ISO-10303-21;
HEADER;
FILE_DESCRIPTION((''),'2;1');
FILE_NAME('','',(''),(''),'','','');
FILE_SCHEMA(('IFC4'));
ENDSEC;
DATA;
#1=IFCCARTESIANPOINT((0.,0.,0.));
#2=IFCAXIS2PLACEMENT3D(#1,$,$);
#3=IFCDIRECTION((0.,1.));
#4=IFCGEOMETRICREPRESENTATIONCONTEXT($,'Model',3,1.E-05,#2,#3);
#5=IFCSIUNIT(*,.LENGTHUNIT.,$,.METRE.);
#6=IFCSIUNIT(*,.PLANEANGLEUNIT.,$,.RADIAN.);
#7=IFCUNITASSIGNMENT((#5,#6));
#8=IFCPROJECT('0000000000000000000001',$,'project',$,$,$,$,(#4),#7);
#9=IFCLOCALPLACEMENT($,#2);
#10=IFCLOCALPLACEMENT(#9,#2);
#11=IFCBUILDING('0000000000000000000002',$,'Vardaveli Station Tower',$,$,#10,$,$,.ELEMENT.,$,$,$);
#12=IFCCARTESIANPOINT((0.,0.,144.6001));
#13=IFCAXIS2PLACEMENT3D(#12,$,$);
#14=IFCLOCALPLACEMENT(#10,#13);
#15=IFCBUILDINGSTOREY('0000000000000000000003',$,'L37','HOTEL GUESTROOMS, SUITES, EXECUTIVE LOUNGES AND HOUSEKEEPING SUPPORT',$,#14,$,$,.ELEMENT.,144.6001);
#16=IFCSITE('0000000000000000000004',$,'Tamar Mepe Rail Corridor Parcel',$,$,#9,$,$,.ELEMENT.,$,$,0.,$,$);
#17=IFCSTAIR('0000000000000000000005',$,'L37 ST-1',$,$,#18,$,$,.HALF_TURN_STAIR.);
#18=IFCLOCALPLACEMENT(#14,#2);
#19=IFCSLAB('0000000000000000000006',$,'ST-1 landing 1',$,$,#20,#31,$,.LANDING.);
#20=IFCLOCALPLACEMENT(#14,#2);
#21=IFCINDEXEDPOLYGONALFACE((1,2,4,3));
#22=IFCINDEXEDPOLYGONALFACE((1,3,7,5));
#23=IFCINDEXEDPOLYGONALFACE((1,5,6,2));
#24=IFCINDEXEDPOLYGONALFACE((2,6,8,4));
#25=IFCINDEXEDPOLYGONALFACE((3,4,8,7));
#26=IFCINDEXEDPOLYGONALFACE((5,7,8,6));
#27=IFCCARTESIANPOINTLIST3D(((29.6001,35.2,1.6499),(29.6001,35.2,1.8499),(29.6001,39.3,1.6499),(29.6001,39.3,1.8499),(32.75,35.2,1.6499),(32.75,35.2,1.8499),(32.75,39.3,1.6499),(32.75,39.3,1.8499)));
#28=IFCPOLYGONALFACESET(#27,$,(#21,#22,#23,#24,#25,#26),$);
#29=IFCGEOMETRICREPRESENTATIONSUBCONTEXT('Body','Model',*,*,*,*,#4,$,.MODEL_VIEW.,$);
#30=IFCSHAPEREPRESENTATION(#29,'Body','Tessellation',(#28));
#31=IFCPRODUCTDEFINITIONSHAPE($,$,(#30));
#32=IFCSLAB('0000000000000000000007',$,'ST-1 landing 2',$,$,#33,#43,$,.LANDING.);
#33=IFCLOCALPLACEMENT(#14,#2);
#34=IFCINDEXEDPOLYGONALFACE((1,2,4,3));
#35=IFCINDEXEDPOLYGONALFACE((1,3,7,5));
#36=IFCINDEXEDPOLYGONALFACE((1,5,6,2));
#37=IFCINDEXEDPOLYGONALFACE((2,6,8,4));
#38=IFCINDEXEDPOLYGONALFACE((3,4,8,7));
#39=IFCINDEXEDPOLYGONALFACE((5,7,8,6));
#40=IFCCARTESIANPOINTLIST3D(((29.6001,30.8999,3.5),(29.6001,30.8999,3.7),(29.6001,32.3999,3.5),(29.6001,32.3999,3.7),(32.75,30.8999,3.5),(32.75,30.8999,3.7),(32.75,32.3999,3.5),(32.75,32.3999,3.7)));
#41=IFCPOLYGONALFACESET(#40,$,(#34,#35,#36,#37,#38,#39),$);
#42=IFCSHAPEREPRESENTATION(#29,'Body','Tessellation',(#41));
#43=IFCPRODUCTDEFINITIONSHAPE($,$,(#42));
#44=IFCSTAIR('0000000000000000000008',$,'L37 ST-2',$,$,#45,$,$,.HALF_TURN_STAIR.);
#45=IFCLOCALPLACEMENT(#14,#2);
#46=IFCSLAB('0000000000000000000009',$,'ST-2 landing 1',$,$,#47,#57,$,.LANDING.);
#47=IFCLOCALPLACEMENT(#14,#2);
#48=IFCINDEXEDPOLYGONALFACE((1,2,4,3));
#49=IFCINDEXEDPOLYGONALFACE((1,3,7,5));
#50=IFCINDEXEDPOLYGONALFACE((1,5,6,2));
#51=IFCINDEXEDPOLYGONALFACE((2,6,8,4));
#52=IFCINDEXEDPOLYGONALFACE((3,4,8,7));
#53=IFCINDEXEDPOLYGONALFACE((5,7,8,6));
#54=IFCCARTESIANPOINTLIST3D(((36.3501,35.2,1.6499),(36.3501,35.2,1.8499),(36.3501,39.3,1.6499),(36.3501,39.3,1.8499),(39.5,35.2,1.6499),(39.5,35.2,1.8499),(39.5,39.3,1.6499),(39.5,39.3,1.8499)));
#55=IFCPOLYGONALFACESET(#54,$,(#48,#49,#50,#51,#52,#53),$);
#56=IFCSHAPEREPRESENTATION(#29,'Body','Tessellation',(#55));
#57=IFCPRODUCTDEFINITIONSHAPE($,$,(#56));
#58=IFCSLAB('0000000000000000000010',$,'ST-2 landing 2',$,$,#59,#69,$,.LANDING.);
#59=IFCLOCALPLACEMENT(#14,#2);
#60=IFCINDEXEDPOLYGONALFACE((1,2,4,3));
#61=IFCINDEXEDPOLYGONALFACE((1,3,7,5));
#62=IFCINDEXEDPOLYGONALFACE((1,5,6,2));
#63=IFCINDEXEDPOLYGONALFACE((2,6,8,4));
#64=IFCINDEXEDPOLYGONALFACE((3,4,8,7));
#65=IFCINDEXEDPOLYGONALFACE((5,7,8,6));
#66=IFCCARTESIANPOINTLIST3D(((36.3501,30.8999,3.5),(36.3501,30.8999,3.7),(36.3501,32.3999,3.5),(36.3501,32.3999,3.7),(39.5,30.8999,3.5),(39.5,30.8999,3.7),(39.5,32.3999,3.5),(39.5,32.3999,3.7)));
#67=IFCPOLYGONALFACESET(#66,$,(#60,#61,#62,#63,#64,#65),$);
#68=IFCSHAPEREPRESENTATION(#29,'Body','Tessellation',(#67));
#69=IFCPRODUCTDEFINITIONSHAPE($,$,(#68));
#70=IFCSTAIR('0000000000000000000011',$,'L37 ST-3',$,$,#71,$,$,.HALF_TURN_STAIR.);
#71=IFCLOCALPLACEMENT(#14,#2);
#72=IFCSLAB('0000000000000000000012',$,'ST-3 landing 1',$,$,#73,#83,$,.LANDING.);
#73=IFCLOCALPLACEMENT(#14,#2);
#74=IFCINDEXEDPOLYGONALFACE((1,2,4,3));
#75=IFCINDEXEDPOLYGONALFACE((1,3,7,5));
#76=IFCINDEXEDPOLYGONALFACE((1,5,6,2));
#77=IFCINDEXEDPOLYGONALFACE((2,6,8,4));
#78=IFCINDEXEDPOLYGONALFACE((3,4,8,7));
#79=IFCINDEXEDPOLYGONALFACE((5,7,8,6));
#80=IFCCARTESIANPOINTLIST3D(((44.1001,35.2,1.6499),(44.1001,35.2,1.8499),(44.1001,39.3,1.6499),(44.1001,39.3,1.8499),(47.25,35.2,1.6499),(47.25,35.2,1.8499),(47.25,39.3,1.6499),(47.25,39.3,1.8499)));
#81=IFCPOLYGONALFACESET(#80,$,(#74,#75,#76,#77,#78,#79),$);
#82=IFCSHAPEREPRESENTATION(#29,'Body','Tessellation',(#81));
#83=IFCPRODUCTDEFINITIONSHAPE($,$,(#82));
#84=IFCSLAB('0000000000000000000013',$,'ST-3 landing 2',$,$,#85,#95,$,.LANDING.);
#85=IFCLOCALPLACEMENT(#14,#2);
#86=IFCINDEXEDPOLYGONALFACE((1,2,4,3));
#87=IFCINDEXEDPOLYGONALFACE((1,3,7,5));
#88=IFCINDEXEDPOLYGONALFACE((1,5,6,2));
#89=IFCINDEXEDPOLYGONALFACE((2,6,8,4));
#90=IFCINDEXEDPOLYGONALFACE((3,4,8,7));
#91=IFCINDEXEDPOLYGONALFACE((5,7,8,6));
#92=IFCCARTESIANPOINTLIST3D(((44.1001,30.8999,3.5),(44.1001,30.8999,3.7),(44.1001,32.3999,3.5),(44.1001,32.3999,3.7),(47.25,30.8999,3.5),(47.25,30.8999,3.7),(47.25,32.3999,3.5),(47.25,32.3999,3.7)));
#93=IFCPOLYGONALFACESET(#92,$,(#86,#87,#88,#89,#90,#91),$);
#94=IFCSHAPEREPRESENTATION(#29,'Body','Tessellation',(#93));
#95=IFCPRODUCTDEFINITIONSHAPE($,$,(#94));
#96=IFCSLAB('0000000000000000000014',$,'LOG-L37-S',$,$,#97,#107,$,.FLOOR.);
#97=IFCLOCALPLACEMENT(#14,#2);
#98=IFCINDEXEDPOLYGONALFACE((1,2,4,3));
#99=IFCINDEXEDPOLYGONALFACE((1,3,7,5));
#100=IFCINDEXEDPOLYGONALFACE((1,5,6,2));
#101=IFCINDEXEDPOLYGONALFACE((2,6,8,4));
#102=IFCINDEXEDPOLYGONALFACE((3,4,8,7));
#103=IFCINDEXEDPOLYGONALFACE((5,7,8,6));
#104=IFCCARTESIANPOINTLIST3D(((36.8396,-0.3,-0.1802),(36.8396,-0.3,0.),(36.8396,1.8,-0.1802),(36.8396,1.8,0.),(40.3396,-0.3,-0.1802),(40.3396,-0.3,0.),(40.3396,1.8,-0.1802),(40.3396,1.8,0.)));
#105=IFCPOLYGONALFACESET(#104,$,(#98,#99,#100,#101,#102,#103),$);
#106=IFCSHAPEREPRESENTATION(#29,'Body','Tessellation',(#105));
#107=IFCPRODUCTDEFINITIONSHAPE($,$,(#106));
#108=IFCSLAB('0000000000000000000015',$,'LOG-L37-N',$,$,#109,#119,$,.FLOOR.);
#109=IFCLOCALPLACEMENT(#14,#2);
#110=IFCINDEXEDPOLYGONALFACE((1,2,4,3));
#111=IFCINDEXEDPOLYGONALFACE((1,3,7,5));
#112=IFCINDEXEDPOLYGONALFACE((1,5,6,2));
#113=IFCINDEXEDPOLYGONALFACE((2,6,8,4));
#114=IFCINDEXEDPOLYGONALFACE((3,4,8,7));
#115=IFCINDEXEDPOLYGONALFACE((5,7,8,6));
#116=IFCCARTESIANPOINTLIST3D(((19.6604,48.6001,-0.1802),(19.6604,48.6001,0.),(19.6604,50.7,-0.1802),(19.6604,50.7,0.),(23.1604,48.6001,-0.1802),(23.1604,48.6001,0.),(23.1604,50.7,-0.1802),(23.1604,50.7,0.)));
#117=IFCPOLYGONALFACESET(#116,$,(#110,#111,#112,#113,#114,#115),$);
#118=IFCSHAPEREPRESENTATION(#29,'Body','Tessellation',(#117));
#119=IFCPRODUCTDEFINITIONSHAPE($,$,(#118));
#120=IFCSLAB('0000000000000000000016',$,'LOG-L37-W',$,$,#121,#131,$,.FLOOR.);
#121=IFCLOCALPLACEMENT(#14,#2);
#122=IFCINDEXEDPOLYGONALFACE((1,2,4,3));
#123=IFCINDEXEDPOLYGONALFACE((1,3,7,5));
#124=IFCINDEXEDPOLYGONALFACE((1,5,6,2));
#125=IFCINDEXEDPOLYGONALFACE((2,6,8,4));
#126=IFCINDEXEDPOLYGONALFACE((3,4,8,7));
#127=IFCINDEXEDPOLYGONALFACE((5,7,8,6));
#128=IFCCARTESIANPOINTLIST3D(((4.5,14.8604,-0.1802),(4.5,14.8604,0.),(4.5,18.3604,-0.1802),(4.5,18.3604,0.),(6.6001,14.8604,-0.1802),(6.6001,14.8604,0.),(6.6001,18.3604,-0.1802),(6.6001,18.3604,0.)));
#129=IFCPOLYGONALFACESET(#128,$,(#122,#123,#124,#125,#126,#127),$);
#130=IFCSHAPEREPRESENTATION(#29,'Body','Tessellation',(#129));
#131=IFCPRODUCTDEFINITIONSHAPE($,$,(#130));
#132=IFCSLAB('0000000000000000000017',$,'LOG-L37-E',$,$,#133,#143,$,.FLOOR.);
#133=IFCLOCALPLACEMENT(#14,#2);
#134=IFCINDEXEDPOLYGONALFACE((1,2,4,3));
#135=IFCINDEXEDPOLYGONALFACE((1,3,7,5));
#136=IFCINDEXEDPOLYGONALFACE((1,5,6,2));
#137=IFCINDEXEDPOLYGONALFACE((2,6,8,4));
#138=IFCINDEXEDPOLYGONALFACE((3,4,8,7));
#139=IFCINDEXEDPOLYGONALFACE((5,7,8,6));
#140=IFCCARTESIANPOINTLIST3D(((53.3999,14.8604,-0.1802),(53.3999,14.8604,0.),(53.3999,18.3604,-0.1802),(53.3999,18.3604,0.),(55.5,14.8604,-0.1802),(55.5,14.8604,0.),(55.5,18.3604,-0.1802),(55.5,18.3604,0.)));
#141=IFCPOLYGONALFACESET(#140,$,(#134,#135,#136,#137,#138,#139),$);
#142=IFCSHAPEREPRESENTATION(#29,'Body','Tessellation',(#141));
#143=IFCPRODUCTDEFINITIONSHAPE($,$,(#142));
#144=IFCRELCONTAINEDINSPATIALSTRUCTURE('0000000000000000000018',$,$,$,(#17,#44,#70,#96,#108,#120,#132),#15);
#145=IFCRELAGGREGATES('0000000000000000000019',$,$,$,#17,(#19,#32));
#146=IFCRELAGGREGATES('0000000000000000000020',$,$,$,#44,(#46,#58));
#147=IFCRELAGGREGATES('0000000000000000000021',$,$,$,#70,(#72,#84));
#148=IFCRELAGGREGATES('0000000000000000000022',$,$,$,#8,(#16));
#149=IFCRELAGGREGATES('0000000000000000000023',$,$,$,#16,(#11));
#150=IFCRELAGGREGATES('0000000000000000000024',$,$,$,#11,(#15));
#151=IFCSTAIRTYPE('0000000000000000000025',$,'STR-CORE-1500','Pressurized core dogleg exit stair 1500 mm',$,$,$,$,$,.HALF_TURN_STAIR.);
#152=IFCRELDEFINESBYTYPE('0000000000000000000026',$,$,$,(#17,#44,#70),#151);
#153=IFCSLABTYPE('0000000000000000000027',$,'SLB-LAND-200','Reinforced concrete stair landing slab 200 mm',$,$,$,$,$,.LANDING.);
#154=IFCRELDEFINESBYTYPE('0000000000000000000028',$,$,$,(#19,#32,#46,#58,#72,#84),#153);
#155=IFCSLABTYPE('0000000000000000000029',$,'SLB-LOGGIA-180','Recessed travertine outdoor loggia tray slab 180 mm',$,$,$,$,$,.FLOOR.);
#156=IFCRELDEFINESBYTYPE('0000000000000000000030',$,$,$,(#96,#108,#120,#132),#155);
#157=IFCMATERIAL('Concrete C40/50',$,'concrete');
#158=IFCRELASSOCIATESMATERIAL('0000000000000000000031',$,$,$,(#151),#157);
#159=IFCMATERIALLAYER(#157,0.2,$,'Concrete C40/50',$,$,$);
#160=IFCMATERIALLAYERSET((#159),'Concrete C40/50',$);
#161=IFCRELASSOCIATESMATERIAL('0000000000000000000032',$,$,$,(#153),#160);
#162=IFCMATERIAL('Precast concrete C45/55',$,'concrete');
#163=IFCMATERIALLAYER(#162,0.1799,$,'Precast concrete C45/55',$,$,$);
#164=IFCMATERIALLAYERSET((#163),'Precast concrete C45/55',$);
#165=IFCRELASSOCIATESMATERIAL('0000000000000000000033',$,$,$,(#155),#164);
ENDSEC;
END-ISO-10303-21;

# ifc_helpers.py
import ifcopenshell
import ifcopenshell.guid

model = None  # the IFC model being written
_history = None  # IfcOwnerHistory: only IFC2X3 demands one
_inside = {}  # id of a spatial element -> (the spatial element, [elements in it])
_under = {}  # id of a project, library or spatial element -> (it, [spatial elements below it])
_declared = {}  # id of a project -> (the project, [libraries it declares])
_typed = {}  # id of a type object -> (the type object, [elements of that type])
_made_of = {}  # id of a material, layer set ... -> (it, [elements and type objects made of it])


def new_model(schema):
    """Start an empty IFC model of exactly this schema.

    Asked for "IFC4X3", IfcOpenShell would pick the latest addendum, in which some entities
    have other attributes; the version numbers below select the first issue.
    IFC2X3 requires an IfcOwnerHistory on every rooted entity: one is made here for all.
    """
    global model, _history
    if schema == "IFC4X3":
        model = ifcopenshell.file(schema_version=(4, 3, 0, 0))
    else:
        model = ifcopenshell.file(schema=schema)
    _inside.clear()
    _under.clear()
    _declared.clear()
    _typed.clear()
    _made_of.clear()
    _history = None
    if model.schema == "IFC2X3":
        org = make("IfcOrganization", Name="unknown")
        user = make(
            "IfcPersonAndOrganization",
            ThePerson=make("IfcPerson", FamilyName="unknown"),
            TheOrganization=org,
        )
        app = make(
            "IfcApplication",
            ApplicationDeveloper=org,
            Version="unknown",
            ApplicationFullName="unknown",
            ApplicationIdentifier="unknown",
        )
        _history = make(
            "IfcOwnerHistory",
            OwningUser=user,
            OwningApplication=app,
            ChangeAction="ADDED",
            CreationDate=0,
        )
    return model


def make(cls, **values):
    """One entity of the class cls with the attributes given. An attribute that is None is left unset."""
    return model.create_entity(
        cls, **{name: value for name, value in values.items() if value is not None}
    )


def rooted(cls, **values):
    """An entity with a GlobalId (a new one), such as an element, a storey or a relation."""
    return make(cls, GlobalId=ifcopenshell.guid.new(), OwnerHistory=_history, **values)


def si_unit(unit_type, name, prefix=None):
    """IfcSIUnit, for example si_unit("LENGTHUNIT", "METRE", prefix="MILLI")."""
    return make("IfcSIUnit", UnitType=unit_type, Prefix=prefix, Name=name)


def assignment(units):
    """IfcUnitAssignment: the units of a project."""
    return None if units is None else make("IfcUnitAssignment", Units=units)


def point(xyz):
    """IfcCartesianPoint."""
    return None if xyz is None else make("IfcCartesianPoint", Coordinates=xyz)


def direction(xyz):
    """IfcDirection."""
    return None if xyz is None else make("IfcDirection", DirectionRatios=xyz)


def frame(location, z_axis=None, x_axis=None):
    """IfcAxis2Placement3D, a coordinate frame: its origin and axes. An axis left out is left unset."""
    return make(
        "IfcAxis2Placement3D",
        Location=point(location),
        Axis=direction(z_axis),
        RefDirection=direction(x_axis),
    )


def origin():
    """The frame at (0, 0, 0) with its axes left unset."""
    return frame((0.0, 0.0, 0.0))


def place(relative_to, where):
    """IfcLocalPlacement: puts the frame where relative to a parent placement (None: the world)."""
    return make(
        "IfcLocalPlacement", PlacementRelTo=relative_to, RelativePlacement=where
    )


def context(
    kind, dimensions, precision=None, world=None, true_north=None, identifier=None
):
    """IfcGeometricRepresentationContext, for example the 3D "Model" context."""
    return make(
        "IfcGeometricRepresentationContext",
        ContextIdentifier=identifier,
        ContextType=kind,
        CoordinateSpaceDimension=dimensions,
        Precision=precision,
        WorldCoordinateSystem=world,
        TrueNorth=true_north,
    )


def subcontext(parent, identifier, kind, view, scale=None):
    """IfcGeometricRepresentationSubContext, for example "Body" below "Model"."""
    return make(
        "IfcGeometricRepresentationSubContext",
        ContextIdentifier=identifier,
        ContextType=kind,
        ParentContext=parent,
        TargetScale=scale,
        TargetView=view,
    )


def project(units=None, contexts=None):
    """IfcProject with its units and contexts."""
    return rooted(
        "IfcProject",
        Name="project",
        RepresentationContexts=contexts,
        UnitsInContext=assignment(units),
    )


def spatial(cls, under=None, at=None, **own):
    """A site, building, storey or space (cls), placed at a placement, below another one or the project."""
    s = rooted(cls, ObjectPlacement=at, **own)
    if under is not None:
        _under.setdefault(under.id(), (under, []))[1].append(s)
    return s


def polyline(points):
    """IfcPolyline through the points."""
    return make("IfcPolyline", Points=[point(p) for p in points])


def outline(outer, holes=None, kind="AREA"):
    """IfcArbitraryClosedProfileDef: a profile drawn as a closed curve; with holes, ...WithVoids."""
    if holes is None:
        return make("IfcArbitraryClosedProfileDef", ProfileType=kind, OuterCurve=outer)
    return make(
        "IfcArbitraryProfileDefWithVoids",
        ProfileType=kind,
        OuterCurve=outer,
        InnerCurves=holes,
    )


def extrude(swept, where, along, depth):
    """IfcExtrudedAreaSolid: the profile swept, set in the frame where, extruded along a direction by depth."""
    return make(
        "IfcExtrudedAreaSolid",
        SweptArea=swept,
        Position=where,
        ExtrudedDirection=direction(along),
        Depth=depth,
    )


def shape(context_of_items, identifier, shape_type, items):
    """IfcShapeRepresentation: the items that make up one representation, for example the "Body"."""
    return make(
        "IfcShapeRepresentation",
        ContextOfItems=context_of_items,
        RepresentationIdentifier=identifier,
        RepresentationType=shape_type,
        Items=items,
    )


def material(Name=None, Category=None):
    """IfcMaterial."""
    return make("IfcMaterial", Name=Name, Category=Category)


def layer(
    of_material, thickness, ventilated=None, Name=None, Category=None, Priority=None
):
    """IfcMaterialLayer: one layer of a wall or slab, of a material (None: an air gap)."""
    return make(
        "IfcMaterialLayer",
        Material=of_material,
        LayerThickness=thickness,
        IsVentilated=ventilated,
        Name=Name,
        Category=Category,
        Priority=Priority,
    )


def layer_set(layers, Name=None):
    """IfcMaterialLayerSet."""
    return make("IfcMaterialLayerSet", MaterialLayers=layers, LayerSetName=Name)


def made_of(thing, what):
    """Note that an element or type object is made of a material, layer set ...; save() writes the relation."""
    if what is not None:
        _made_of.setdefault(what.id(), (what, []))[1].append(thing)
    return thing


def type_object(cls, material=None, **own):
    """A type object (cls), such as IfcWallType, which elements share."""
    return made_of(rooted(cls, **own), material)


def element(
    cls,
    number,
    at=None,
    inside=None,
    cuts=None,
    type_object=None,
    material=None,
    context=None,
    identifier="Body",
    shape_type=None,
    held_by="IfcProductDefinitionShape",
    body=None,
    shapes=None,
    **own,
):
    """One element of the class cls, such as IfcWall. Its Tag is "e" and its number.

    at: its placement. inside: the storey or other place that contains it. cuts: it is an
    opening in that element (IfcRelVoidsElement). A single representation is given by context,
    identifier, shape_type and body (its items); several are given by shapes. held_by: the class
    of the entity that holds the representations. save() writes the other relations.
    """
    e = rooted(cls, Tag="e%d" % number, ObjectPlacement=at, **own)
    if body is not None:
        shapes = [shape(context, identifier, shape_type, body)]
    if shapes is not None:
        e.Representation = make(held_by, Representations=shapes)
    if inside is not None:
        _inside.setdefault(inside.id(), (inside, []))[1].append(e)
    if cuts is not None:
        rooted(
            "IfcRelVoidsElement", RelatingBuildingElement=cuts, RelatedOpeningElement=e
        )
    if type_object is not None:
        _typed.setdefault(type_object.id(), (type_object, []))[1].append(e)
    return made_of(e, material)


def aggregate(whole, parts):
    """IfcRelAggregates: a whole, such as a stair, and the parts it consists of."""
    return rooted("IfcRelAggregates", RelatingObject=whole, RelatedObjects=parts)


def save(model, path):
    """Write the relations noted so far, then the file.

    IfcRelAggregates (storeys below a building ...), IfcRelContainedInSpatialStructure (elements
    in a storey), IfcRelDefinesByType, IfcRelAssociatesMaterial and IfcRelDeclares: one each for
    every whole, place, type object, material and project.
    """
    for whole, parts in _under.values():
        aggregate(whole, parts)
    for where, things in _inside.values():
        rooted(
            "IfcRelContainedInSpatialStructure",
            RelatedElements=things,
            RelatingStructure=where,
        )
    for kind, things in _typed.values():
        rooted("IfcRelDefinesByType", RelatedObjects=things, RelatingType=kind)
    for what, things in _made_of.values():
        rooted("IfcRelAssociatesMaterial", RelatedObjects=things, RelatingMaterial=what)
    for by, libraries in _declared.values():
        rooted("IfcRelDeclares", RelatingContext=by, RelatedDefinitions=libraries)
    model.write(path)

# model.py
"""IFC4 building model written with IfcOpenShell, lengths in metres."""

from ifc_helpers import new_model, si_unit, direction, frame, origin, place, context, subcontext, project, spatial, polyline, outline, extrude, material, layer, layer_set, type_object, element, aggregate, save


model = new_model("IFC4")

# Units and contexts
model_context = context("Model", 3, precision=1e-05, world=origin(), true_north=direction((0.0, 1.0)))
body_context = subcontext(model_context, "Body", "Model", "MODEL_VIEW")
ifc_project = project(units=[si_unit("LENGTHUNIT", "METRE"), si_unit("PLANEANGLEUNIT", "RADIAN")], contexts=[model_context])

# Site, building, storey
site_placement = place(None, origin())
site = spatial("IfcSite", under=ifc_project, at=site_placement, Name="Tamar Mepe Rail Corridor Parcel", CompositionType="ELEMENT", RefElevation=0.0)
building_placement = place(site_placement, origin())
building = spatial("IfcBuilding", under=site, at=building_placement, Name="Vardaveli Station Tower", CompositionType="ELEMENT")
storey_placement = place(building_placement, frame((0.0, 0.0, 144.6001)))
storey = spatial("IfcBuildingStorey", under=building, at=storey_placement, Name="L37", Description="HOTEL GUESTROOMS, SUITES, EXECUTIVE LOUNGES AND HOUSEKEEPING SUPPORT", CompositionType="ELEMENT", Elevation=144.6001)

# Stairs, slabs
ifc_material_1 = material(Name="Concrete C40/50", Category="concrete")
stair_type = type_object("IfcStairType", Name="STR-CORE-1500", Description="Pressurized core dogleg exit stair 1500 mm", PredefinedType="HALF_TURN_STAIR", material=ifc_material_1)
stair_1_placement = place(storey_placement, origin())
stair_1 = element("IfcStair", 1, at=stair_1_placement, inside=storey, type_object=stair_type, Name="L37 ST-1", PredefinedType="HALF_TURN_STAIR")
ifc_layer_1 = layer(ifc_material_1, 0.2, Name="Concrete C40/50")
ifc_layer_set_1 = layer_set([ifc_layer_1], Name="Concrete C40/50")
slab_type_1 = type_object("IfcSlabType", Name="SLB-LAND-200", Description="Reinforced concrete stair landing slab 200 mm", PredefinedType="LANDING", material=ifc_layer_set_1)
slab_1_placement = place(storey_placement, frame((0.0, 0.0, 1.6499)))
slab_1 = element("IfcSlab", 2, at=slab_1_placement, type_object=slab_type_1, Name="ST-1 landing 1", PredefinedType="LANDING", context=body_context, shape_type="SweptSolid", body=[
    extrude(outline(polyline([(32.75, 35.2), (32.75, 39.3), (29.6001, 39.3), (29.6001, 35.2), (32.75, 35.2)])), origin(), (0.0, 0.0, 1.0), 0.2),
])
slab_2_placement = place(storey_placement, frame((0.0, 0.0, 3.5)))
slab_2 = element("IfcSlab", 3, at=slab_2_placement, type_object=slab_type_1, Name="ST-1 landing 2", PredefinedType="LANDING", context=body_context, shape_type="SweptSolid", body=[
    extrude(outline(polyline([(32.75, 30.8999), (32.75, 32.3999), (29.6001, 32.3999), (29.6001, 30.8999), (32.75, 30.8999)])), origin(), (0.0, 0.0, 1.0), 0.2),
])
aggregate(stair_1, [slab_1, slab_2])
stair_2_placement = place(storey_placement, origin())
stair_2 = element("IfcStair", 4, at=stair_2_placement, inside=storey, type_object=stair_type, Name="L37 ST-2", PredefinedType="HALF_TURN_STAIR")
slab_3_placement = place(storey_placement, frame((0.0, 0.0, 1.6499)))
slab_3 = element("IfcSlab", 5, at=slab_3_placement, type_object=slab_type_1, Name="ST-2 landing 1", PredefinedType="LANDING", context=body_context, shape_type="SweptSolid", body=[
    extrude(outline(polyline([(39.5, 35.2), (39.5, 39.3), (36.3501, 39.3), (36.3501, 35.2), (39.5, 35.2)])), origin(), (0.0, 0.0, 1.0), 0.2),
])
slab_4_placement = place(storey_placement, frame((0.0, 0.0, 3.5)))
slab_4 = element("IfcSlab", 6, at=slab_4_placement, type_object=slab_type_1, Name="ST-2 landing 2", PredefinedType="LANDING", context=body_context, shape_type="SweptSolid", body=[
    extrude(outline(polyline([(39.5, 30.8999), (39.5, 32.3999), (36.3501, 32.3999), (36.3501, 30.8999), (39.5, 30.8999)])), origin(), (0.0, 0.0, 1.0), 0.2),
])
aggregate(stair_2, [slab_3, slab_4])
stair_3_placement = place(storey_placement, origin())
stair_3 = element("IfcStair", 7, at=stair_3_placement, inside=storey, type_object=stair_type, Name="L37 ST-3", PredefinedType="HALF_TURN_STAIR")
slab_5_placement = place(storey_placement, frame((0.0, 0.0, 1.6499)))
slab_5 = element("IfcSlab", 8, at=slab_5_placement, type_object=slab_type_1, Name="ST-3 landing 1", PredefinedType="LANDING", context=body_context, shape_type="SweptSolid", body=[
    extrude(outline(polyline([(47.25, 35.2), (47.25, 39.3), (44.1001, 39.3), (44.1001, 35.2), (47.25, 35.2)])), origin(), (0.0, 0.0, 1.0), 0.2),
])
slab_6_placement = place(storey_placement, frame((0.0, 0.0, 3.5)))
slab_6 = element("IfcSlab", 9, at=slab_6_placement, type_object=slab_type_1, Name="ST-3 landing 2", PredefinedType="LANDING", context=body_context, shape_type="SweptSolid", body=[
    extrude(outline(polyline([(47.25, 30.8999), (47.25, 32.3999), (44.1001, 32.3999), (44.1001, 30.8999), (47.25, 30.8999)])), origin(), (0.0, 0.0, 1.0), 0.2),
])
aggregate(stair_3, [slab_5, slab_6])

# Slabs
ifc_material_2 = material(Name="Precast concrete C45/55", Category="concrete")
ifc_layer_2 = layer(ifc_material_2, 0.1799, Name="Precast concrete C45/55")
ifc_layer_set_2 = layer_set([ifc_layer_2], Name="Precast concrete C45/55")
slab_type_2 = type_object("IfcSlabType", Name="SLB-LOGGIA-180", Description="Recessed travertine outdoor loggia tray slab 180 mm", PredefinedType="FLOOR", material=ifc_layer_set_2)
slab_7_placement = place(storey_placement, frame((0.0, 0.0, -0.1802)))
element("IfcSlab", 10, at=slab_7_placement, inside=storey, type_object=slab_type_2, Name="LOG-L37-S", PredefinedType="FLOOR", context=body_context, shape_type="SweptSolid", body=[
    extrude(outline(polyline([(36.8396, -0.3), (40.3396, -0.3), (40.3396, 1.8), (36.8396, 1.8), (36.8396, -0.3)])), origin(), (0.0, 0.0, 1.0), 0.1802),
])
slab_8_placement = place(storey_placement, frame((0.0, 0.0, -0.1802)))
element("IfcSlab", 11, at=slab_8_placement, inside=storey, type_object=slab_type_2, Name="LOG-L37-N", PredefinedType="FLOOR", context=body_context, shape_type="SweptSolid", body=[
    extrude(outline(polyline([(19.6604, 48.6001), (23.1604, 48.6001), (23.1604, 50.7), (19.6604, 50.7), (19.6604, 48.6001)])), origin(), (0.0, 0.0, 1.0), 0.1802),
])
slab_9_placement = place(storey_placement, frame((0.0, 0.0, -0.1802)))
element("IfcSlab", 12, at=slab_9_placement, inside=storey, type_object=slab_type_2, Name="LOG-L37-W", PredefinedType="FLOOR", context=body_context, shape_type="SweptSolid", body=[
    extrude(outline(polyline([(4.5, 14.8604), (6.6001, 14.8604), (6.6001, 18.3604), (4.5, 18.3604), (4.5, 14.8604)])), origin(), (0.0, 0.0, 1.0), 0.1802),
])
slab_10_placement = place(storey_placement, frame((0.0, 0.0, -0.1802)))
element("IfcSlab", 13, at=slab_10_placement, inside=storey, type_object=slab_type_2, Name="LOG-L37-E", PredefinedType="FLOOR", context=body_context, shape_type="SweptSolid", body=[
    extrude(outline(polyline([(53.3999, 14.8604), (55.5, 14.8604), (55.5, 18.3604), (53.3999, 18.3604), (53.3999, 14.8604)])), origin(), (0.0, 0.0, 1.0), 0.1802),
])

save(model, "model.ifc")
